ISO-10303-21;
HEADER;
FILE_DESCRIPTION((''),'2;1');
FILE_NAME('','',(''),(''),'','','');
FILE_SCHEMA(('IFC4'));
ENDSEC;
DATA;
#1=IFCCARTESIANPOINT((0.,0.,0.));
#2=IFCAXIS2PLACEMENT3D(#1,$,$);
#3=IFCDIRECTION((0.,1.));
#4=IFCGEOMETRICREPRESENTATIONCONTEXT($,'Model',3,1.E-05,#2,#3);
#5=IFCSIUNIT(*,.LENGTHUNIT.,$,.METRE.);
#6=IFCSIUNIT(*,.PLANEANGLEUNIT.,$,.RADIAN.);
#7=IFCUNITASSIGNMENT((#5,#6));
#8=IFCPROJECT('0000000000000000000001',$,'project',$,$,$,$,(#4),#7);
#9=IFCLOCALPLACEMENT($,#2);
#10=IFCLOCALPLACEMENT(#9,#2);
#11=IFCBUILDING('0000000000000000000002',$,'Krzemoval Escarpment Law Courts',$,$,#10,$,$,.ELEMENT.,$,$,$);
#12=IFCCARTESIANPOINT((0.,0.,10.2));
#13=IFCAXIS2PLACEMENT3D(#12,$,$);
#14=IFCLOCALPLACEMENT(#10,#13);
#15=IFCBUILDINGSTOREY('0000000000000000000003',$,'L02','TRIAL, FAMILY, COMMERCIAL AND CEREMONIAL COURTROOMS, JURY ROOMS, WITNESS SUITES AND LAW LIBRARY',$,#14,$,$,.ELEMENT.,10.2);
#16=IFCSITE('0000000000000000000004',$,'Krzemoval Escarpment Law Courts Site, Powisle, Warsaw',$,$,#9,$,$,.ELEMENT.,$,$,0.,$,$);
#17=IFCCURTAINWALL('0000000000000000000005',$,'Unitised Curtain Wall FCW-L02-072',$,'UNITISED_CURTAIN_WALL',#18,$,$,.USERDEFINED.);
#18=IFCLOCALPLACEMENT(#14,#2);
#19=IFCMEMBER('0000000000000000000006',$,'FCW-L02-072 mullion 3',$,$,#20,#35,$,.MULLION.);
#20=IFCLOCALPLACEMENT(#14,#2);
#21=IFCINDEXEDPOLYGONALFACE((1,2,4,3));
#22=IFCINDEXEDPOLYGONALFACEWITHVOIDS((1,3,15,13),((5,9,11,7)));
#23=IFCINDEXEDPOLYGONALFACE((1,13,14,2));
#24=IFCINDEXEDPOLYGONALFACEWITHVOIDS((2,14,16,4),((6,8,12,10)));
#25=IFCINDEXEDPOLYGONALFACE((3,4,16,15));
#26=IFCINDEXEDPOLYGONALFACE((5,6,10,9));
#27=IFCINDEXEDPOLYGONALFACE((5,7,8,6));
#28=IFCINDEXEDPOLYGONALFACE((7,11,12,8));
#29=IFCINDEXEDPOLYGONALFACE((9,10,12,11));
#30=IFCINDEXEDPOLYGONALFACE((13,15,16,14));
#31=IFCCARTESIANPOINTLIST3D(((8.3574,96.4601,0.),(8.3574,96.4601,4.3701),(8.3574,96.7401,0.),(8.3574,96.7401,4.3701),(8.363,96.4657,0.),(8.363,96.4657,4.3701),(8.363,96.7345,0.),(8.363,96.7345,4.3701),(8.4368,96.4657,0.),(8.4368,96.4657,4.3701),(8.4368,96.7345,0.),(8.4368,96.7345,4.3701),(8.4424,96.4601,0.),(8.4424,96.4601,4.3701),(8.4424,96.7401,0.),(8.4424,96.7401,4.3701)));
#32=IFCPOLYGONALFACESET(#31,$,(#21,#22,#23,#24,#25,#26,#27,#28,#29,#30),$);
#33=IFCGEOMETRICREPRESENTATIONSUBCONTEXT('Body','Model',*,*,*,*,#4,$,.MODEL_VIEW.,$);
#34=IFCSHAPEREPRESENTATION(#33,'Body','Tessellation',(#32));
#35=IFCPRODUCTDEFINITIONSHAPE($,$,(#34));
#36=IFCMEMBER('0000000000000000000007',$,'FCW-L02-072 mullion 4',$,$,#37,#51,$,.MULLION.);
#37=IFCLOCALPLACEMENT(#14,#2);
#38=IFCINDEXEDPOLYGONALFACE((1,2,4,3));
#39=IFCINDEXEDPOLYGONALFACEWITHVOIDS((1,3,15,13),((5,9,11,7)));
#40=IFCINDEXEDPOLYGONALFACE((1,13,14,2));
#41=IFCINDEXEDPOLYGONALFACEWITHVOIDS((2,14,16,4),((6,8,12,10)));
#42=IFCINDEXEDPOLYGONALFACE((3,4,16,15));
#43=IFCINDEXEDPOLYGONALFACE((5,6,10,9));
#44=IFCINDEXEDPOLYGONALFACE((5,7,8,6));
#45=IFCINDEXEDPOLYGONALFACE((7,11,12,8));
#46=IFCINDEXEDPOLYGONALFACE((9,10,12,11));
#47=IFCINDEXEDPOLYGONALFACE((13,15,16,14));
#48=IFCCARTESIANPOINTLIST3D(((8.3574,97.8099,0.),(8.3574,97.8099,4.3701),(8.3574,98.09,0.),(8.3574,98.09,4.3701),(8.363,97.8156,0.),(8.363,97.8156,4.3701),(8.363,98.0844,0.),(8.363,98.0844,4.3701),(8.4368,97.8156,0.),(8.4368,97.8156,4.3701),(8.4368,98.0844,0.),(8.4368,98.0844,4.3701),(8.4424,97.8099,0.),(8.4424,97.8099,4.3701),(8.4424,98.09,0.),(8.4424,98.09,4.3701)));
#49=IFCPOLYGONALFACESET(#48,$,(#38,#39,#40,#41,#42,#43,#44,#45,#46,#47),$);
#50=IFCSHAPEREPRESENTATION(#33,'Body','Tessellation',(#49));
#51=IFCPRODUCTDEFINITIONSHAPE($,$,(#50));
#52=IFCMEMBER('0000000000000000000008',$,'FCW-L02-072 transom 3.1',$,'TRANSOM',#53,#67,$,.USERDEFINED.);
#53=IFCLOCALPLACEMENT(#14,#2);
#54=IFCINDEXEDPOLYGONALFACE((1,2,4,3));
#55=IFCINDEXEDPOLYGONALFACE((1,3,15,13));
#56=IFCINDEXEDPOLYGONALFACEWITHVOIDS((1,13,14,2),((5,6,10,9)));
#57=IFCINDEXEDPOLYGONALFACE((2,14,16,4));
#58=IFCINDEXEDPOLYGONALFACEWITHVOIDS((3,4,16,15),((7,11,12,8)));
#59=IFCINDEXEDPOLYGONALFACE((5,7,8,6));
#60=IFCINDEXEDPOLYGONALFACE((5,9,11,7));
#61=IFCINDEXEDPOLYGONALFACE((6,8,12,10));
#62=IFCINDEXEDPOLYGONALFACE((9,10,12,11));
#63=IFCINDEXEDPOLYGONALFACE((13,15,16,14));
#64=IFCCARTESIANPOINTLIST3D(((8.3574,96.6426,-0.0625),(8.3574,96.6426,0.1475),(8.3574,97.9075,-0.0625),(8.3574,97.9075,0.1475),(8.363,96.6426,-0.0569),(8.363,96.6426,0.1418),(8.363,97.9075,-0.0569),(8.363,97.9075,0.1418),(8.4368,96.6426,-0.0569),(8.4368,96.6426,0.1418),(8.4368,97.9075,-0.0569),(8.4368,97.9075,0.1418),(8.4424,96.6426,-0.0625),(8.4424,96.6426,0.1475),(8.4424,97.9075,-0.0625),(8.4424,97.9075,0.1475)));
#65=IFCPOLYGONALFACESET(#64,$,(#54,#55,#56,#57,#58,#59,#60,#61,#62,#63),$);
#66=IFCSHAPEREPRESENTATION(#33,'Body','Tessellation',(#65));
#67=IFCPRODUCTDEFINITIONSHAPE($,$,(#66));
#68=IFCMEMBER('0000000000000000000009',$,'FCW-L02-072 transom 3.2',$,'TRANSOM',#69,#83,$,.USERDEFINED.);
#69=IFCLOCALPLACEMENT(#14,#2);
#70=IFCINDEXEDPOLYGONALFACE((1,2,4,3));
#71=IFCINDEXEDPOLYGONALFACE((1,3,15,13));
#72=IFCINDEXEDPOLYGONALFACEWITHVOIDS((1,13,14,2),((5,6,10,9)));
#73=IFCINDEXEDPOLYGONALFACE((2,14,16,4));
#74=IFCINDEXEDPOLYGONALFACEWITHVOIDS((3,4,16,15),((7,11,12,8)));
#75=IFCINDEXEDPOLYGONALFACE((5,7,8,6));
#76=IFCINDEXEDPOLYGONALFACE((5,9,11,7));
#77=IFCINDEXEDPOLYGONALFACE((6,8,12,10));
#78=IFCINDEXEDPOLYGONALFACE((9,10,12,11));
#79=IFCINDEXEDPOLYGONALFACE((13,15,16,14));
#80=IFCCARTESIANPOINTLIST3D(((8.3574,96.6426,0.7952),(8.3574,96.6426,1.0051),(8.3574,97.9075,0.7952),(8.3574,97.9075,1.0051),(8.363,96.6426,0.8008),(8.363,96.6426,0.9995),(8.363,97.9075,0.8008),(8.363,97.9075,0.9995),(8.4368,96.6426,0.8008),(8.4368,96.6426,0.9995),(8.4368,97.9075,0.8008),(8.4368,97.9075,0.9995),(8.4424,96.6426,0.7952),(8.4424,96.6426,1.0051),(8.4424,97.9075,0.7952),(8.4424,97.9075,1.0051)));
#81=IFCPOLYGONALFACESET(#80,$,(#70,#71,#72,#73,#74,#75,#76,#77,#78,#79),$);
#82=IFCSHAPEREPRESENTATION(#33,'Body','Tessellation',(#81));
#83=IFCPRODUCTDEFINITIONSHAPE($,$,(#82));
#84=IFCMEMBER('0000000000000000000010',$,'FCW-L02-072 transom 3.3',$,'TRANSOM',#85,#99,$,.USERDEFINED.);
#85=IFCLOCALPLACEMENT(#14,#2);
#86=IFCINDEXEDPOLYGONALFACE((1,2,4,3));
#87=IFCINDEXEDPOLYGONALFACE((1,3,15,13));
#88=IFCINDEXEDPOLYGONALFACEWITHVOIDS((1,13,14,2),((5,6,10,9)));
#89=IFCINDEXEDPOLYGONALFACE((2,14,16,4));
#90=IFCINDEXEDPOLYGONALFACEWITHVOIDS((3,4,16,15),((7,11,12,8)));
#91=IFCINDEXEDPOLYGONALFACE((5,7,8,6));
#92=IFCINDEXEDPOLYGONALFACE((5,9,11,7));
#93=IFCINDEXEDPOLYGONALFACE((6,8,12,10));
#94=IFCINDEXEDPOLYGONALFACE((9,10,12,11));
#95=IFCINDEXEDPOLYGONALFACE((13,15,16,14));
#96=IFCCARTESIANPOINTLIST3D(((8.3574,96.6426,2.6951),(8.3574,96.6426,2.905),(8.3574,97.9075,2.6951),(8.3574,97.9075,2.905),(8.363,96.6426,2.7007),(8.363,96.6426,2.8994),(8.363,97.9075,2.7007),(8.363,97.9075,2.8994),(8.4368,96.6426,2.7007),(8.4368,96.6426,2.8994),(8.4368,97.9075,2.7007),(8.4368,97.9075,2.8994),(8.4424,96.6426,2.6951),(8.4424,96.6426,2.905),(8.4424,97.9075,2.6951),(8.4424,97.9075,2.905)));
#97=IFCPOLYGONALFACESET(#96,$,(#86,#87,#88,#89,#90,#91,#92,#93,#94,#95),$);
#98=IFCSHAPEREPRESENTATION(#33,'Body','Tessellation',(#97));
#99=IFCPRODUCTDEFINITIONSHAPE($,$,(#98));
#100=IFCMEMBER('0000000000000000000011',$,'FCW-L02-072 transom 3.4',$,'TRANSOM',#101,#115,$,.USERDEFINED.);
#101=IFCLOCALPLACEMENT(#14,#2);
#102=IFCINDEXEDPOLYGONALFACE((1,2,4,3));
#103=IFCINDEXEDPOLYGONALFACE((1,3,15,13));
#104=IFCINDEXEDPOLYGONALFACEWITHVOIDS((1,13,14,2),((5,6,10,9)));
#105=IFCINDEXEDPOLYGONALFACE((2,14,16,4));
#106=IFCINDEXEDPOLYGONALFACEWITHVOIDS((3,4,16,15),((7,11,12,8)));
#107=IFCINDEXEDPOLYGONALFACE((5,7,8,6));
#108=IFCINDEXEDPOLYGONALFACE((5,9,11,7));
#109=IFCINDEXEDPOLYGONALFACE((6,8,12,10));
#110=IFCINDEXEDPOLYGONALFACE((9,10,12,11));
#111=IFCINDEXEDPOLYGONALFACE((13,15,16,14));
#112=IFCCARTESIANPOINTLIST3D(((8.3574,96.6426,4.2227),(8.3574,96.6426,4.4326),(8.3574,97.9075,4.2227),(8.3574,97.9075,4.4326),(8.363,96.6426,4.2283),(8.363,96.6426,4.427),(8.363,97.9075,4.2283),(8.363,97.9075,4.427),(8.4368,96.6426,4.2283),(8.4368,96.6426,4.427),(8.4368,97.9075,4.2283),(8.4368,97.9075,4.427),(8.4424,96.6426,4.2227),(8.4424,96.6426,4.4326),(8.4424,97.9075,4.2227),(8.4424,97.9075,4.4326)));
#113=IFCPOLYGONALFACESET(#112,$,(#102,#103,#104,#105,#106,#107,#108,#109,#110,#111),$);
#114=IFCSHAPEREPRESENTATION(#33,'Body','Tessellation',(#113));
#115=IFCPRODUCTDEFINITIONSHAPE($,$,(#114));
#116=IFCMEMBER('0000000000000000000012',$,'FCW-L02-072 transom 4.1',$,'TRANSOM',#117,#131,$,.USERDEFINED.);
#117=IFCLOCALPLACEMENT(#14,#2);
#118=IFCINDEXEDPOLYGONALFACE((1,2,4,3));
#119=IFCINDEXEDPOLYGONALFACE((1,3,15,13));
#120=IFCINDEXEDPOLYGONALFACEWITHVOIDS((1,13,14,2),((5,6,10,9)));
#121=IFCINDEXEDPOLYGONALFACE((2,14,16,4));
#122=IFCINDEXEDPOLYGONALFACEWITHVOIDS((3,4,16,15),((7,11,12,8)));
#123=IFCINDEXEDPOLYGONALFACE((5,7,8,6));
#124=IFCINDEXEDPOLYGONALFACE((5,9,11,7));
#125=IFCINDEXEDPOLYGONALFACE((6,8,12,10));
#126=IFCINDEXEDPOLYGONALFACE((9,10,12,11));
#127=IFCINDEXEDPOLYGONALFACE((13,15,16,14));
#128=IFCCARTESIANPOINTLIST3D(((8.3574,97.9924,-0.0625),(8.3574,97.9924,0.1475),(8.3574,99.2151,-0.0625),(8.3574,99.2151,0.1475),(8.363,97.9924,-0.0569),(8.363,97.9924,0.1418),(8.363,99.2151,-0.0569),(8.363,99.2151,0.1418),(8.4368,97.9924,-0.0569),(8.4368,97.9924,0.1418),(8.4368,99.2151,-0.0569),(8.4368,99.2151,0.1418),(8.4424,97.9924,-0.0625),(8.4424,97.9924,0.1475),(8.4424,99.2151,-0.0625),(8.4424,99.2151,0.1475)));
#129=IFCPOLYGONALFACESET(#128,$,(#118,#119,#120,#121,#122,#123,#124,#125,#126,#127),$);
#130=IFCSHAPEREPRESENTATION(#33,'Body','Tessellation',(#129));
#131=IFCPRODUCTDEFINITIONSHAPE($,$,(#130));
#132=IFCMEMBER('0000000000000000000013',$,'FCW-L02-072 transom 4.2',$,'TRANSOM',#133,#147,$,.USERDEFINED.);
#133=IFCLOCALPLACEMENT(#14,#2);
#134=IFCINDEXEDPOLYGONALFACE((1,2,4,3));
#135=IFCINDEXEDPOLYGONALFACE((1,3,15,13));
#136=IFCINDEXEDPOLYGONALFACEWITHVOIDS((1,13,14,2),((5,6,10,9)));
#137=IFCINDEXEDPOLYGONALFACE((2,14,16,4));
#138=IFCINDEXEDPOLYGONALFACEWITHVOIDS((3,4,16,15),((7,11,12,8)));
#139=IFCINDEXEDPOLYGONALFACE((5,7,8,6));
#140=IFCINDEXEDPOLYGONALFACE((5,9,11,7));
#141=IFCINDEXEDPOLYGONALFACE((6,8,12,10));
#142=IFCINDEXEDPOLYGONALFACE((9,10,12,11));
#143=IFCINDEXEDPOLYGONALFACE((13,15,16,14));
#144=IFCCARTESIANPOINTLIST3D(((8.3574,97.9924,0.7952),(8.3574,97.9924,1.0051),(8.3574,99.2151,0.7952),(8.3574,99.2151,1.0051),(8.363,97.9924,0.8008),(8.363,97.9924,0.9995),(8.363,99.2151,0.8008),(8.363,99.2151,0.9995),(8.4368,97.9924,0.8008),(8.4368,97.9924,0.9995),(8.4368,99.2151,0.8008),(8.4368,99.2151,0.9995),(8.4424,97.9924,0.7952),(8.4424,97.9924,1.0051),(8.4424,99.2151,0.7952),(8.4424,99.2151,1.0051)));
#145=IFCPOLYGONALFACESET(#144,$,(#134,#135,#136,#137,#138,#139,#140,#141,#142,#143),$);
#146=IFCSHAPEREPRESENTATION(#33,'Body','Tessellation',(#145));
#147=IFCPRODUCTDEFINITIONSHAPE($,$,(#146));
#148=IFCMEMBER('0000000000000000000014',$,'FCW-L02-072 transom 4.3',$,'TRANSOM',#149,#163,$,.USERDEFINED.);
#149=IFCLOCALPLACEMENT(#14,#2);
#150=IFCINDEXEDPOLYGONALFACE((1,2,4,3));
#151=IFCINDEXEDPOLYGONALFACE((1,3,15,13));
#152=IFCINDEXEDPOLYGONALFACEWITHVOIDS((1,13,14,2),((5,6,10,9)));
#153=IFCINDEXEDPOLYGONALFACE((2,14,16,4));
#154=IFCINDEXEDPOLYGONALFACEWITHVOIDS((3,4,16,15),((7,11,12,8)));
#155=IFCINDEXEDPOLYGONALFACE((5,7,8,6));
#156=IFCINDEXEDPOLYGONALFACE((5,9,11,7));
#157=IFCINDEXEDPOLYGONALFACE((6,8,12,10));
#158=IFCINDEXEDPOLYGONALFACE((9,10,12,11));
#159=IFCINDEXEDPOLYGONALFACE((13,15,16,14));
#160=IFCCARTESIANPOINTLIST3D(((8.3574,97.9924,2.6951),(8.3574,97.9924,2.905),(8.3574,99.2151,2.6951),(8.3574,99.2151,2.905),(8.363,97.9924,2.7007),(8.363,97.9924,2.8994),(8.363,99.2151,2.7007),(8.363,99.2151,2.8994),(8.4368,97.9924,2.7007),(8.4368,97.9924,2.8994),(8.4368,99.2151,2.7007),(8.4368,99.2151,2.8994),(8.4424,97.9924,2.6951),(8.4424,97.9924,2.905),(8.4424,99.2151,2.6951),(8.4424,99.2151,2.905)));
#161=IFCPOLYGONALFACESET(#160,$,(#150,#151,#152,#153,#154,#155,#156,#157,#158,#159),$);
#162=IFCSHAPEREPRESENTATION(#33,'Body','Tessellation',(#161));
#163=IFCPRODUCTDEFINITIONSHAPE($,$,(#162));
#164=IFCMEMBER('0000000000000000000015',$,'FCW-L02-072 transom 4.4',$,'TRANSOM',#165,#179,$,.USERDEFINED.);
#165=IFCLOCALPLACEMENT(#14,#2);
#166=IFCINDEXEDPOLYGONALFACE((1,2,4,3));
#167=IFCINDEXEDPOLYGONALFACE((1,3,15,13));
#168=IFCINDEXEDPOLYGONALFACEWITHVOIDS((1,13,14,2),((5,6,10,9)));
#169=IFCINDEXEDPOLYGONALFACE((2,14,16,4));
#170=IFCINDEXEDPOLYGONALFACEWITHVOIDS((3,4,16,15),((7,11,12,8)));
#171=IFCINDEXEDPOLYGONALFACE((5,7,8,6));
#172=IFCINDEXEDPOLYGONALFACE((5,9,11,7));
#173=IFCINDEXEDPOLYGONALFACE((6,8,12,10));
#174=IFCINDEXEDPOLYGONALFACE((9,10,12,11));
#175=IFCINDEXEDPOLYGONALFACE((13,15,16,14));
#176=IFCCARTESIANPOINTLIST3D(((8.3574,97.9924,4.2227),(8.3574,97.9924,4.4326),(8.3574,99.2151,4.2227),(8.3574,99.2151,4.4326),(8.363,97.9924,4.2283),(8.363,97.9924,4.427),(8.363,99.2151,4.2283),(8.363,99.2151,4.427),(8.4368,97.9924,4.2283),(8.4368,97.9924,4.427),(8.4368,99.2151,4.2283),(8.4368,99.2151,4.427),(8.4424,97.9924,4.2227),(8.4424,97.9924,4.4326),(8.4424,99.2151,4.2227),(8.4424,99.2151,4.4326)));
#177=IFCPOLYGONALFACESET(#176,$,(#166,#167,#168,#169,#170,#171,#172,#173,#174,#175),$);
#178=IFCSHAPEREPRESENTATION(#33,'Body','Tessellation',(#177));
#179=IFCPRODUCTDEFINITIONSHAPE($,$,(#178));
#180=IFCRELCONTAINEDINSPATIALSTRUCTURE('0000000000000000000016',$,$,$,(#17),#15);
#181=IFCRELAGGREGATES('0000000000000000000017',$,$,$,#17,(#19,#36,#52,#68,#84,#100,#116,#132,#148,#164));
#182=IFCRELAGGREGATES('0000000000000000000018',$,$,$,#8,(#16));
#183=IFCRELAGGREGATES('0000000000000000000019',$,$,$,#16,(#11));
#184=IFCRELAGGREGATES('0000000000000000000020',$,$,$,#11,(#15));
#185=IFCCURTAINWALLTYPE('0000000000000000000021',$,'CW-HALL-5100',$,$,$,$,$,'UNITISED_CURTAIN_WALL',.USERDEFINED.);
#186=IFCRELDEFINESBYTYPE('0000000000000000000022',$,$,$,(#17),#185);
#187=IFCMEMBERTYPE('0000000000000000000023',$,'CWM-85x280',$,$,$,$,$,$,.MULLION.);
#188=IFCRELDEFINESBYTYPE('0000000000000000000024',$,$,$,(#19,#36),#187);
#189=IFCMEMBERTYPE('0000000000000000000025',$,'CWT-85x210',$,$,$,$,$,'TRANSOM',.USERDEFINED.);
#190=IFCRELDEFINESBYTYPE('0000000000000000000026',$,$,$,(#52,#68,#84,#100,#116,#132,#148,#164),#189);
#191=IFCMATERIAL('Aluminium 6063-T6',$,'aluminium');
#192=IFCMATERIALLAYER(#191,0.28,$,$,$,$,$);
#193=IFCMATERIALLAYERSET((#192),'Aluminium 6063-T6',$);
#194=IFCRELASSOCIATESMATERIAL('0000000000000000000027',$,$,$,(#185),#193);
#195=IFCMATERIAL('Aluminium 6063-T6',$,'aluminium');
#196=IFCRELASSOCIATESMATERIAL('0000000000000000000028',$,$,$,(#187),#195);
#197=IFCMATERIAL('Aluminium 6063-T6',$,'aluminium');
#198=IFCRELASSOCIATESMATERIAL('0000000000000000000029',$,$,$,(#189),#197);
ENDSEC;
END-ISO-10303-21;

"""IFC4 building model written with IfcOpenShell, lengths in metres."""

from ifc_helpers import new_model, si_unit, direction, frame, origin, origin_2d, place, context, subcontext, project, spatial, hollow_rectangle, extrude, material, layer, layer_set, material_profile, profile_set, type_object, element, aggregate, save


model = new_model("IFC4")

# Units and contexts
model_context = context("Model", 3, precision=1e-05, world=origin(), true_north=direction((0.0, 1.0)))
body_context = subcontext(model_context, "Body", "Model", "MODEL_VIEW")
ifc_project = project(units=[si_unit("LENGTHUNIT", "METRE"), si_unit("PLANEANGLEUNIT", "RADIAN")], contexts=[model_context])

# Site, building, storey
site_placement = place(None, origin())
site = spatial("IfcSite", under=ifc_project, at=site_placement, Name="Krzemoval Escarpment Law Courts Site, Powisle, Warsaw", CompositionType="ELEMENT", RefElevation=0.0)
building_placement = place(site_placement, origin())
building = spatial("IfcBuilding", under=site, at=building_placement, Name="Krzemoval Escarpment Law Courts", CompositionType="ELEMENT")
storey_placement = place(building_placement, frame((0.0, 0.0, 10.2)))
storey = spatial("IfcBuildingStorey", under=building, at=storey_placement, Name="L02", Description="TRIAL, FAMILY, COMMERCIAL AND CEREMONIAL COURTROOMS, JURY ROOMS, WITNESS SUITES AND LAW LIBRARY", CompositionType="ELEMENT", Elevation=10.2)

# Curtain wall, members
ifc_material_1 = material(Name="Aluminium 6063-T6", Category="aluminium")
ifc_layer_1 = layer(ifc_material_1, 0.28)
ifc_layer_set_1 = layer_set([ifc_layer_1], Name="Aluminium 6063-T6")
curtain_wall_type = type_object("IfcCurtainWallType", Name="CW-HALL-5100", ElementType="UNITISED_CURTAIN_WALL", PredefinedType="USERDEFINED", material=ifc_layer_set_1)
curtain_wall_placement = place(storey_placement, origin())
curtain_wall = element("IfcCurtainWall", 1, at=curtain_wall_placement, inside=storey, type_object=curtain_wall_type, Name="Unitised Curtain Wall FCW-L02-072", ObjectType="UNITISED_CURTAIN_WALL", PredefinedType="USERDEFINED")
ifc_material_2 = material(Name="Aluminium 6063-T6", Category="aluminium")
ifc_material_profile_1 = material_profile(ifc_material_2, hollow_rectangle(XDim=0.085, YDim=0.28, WallThickness=0.0056, at=origin_2d()), Name="ALU M85x280")
ifc_profile_set_1 = profile_set([ifc_material_profile_1], Name="Aluminium 6063-T6")
member_type_1 = type_object("IfcMemberType", Name="CWM-85x280", PredefinedType="MULLION", material=ifc_profile_set_1)
member_1_placement = place(storey_placement, frame((8.3999, 96.6001, 0.0), z_axis=(0.0, 0.0, 1.0), x_axis=(-1.0, 0.0, 0.0)))
member_1 = element("IfcMember", 2, at=member_1_placement, type_object=member_type_1, Name="FCW-L02-072 mullion 3", PredefinedType="MULLION", context=body_context, shape_type="SweptSolid", body=[
    extrude(hollow_rectangle(XDim=0.085, YDim=0.28, WallThickness=0.0056, at=origin_2d()), origin(), (0.0, 0.0, 1.0), 4.3701),
])
member_2_placement = place(storey_placement, frame((8.3999, 97.95, 0.0), z_axis=(0.0, 0.0, 1.0), x_axis=(-1.0, 0.0, 0.0)))
member_2 = element("IfcMember", 3, at=member_2_placement, type_object=member_type_1, Name="FCW-L02-072 mullion 4", PredefinedType="MULLION", context=body_context, shape_type="SweptSolid", body=[
    extrude(hollow_rectangle(XDim=0.085, YDim=0.28, WallThickness=0.0056, at=origin_2d()), origin(), (0.0, 0.0, 1.0), 4.3701),
])
ifc_material_3 = material(Name="Aluminium 6063-T6", Category="aluminium")
ifc_material_profile_2 = material_profile(ifc_material_3, hollow_rectangle(XDim=0.085, YDim=0.21, WallThickness=0.0056, at=origin_2d()), Name="ALU T85x210")
ifc_profile_set_2 = profile_set([ifc_material_profile_2], Name="Aluminium 6063-T6")
member_type_2 = type_object("IfcMemberType", Name="CWT-85x210", ElementType="TRANSOM", PredefinedType="USERDEFINED", material=ifc_profile_set_2)
member_3_placement = place(storey_placement, frame((8.3999, 96.6426, 0.0425), z_axis=(0.0, 1.0, 0.0), x_axis=(-1.0, 0.0, 0.0)))
member_3 = element("IfcMember", 4, at=member_3_placement, type_object=member_type_2, Name="FCW-L02-072 transom 3.1", ObjectType="TRANSOM", PredefinedType="USERDEFINED", context=body_context, shape_type="SweptSolid", body=[
    extrude(hollow_rectangle(XDim=0.085, YDim=0.21, WallThickness=0.0056, at=origin_2d()), origin(), (0.0, 0.0, 1.0), 1.2649),
])
member_4_placement = place(storey_placement, frame((8.3999, 96.6426, 0.9001), z_axis=(0.0, 1.0, 0.0), x_axis=(-1.0, 0.0, 0.0)))
member_4 = element("IfcMember", 5, at=member_4_placement, type_object=member_type_2, Name="FCW-L02-072 transom 3.2", ObjectType="TRANSOM", PredefinedType="USERDEFINED", context=body_context, shape_type="SweptSolid", body=[
    extrude(hollow_rectangle(XDim=0.085, YDim=0.21, WallThickness=0.0056, at=origin_2d()), origin(), (0.0, 0.0, 1.0), 1.2649),
])
member_5_placement = place(storey_placement, frame((8.3999, 96.6426, 2.8), z_axis=(0.0, 1.0, 0.0), x_axis=(-1.0, 0.0, 0.0)))
member_5 = element("IfcMember", 6, at=member_5_placement, type_object=member_type_2, Name="FCW-L02-072 transom 3.3", ObjectType="TRANSOM", PredefinedType="USERDEFINED", context=body_context, shape_type="SweptSolid", body=[
    extrude(hollow_rectangle(XDim=0.085, YDim=0.21, WallThickness=0.0056, at=origin_2d()), origin(), (0.0, 0.0, 1.0), 1.2649),
])
member_6_placement = place(storey_placement, frame((8.3999, 96.6426, 4.3276), z_axis=(0.0, 1.0, 0.0), x_axis=(-1.0, 0.0, 0.0)))
member_6 = element("IfcMember", 7, at=member_6_placement, type_object=member_type_2, Name="FCW-L02-072 transom 3.4", ObjectType="TRANSOM", PredefinedType="USERDEFINED", context=body_context, shape_type="SweptSolid", body=[
    extrude(hollow_rectangle(XDim=0.085, YDim=0.21, WallThickness=0.0056, at=origin_2d()), origin(), (0.0, 0.0, 1.0), 1.2649),
])
member_7_placement = place(storey_placement, frame((8.3999, 97.9924, 0.0425), z_axis=(0.0, 1.0, 0.0), x_axis=(-1.0, 0.0, 0.0)))
member_7 = element("IfcMember", 8, at=member_7_placement, type_object=member_type_2, Name="FCW-L02-072 transom 4.1", ObjectType="TRANSOM", PredefinedType="USERDEFINED", context=body_context, shape_type="SweptSolid", body=[
    extrude(hollow_rectangle(XDim=0.085, YDim=0.21, WallThickness=0.0056, at=origin_2d()), origin(), (0.0, 0.0, 1.0), 1.2227),
])
member_8_placement = place(storey_placement, frame((8.3999, 97.9924, 0.9001), z_axis=(0.0, 1.0, 0.0), x_axis=(-1.0, 0.0, 0.0)))
member_8 = element("IfcMember", 9, at=member_8_placement, type_object=member_type_2, Name="FCW-L02-072 transom 4.2", ObjectType="TRANSOM", PredefinedType="USERDEFINED", context=body_context, shape_type="SweptSolid", body=[
    extrude(hollow_rectangle(XDim=0.085, YDim=0.21, WallThickness=0.0056, at=origin_2d()), origin(), (0.0, 0.0, 1.0), 1.2227),
])
member_9_placement = place(storey_placement, frame((8.3999, 97.9924, 2.8), z_axis=(0.0, 1.0, 0.0), x_axis=(-1.0, 0.0, 0.0)))
member_9 = element("IfcMember", 10, at=member_9_placement, type_object=member_type_2, Name="FCW-L02-072 transom 4.3", ObjectType="TRANSOM", PredefinedType="USERDEFINED", context=body_context, shape_type="SweptSolid", body=[
    extrude(hollow_rectangle(XDim=0.085, YDim=0.21, WallThickness=0.0056, at=origin_2d()), origin(), (0.0, 0.0, 1.0), 1.2227),
])
member_10_placement = place(storey_placement, frame((8.3999, 97.9924, 4.3276), z_axis=(0.0, 1.0, 0.0), x_axis=(-1.0, 0.0, 0.0)))
member_10 = element("IfcMember", 11, at=member_10_placement, type_object=member_type_2, Name="FCW-L02-072 transom 4.4", ObjectType="TRANSOM", PredefinedType="USERDEFINED", context=body_context, shape_type="SweptSolid", body=[
    extrude(hollow_rectangle(XDim=0.085, YDim=0.21, WallThickness=0.0056, at=origin_2d()), origin(), (0.0, 0.0, 1.0), 1.2227),
])

aggregate(curtain_wall, [member_1, member_2, member_3, member_4, member_5, member_6, member_7, member_8, member_9, member_10])

save(model, "model.ifc")
